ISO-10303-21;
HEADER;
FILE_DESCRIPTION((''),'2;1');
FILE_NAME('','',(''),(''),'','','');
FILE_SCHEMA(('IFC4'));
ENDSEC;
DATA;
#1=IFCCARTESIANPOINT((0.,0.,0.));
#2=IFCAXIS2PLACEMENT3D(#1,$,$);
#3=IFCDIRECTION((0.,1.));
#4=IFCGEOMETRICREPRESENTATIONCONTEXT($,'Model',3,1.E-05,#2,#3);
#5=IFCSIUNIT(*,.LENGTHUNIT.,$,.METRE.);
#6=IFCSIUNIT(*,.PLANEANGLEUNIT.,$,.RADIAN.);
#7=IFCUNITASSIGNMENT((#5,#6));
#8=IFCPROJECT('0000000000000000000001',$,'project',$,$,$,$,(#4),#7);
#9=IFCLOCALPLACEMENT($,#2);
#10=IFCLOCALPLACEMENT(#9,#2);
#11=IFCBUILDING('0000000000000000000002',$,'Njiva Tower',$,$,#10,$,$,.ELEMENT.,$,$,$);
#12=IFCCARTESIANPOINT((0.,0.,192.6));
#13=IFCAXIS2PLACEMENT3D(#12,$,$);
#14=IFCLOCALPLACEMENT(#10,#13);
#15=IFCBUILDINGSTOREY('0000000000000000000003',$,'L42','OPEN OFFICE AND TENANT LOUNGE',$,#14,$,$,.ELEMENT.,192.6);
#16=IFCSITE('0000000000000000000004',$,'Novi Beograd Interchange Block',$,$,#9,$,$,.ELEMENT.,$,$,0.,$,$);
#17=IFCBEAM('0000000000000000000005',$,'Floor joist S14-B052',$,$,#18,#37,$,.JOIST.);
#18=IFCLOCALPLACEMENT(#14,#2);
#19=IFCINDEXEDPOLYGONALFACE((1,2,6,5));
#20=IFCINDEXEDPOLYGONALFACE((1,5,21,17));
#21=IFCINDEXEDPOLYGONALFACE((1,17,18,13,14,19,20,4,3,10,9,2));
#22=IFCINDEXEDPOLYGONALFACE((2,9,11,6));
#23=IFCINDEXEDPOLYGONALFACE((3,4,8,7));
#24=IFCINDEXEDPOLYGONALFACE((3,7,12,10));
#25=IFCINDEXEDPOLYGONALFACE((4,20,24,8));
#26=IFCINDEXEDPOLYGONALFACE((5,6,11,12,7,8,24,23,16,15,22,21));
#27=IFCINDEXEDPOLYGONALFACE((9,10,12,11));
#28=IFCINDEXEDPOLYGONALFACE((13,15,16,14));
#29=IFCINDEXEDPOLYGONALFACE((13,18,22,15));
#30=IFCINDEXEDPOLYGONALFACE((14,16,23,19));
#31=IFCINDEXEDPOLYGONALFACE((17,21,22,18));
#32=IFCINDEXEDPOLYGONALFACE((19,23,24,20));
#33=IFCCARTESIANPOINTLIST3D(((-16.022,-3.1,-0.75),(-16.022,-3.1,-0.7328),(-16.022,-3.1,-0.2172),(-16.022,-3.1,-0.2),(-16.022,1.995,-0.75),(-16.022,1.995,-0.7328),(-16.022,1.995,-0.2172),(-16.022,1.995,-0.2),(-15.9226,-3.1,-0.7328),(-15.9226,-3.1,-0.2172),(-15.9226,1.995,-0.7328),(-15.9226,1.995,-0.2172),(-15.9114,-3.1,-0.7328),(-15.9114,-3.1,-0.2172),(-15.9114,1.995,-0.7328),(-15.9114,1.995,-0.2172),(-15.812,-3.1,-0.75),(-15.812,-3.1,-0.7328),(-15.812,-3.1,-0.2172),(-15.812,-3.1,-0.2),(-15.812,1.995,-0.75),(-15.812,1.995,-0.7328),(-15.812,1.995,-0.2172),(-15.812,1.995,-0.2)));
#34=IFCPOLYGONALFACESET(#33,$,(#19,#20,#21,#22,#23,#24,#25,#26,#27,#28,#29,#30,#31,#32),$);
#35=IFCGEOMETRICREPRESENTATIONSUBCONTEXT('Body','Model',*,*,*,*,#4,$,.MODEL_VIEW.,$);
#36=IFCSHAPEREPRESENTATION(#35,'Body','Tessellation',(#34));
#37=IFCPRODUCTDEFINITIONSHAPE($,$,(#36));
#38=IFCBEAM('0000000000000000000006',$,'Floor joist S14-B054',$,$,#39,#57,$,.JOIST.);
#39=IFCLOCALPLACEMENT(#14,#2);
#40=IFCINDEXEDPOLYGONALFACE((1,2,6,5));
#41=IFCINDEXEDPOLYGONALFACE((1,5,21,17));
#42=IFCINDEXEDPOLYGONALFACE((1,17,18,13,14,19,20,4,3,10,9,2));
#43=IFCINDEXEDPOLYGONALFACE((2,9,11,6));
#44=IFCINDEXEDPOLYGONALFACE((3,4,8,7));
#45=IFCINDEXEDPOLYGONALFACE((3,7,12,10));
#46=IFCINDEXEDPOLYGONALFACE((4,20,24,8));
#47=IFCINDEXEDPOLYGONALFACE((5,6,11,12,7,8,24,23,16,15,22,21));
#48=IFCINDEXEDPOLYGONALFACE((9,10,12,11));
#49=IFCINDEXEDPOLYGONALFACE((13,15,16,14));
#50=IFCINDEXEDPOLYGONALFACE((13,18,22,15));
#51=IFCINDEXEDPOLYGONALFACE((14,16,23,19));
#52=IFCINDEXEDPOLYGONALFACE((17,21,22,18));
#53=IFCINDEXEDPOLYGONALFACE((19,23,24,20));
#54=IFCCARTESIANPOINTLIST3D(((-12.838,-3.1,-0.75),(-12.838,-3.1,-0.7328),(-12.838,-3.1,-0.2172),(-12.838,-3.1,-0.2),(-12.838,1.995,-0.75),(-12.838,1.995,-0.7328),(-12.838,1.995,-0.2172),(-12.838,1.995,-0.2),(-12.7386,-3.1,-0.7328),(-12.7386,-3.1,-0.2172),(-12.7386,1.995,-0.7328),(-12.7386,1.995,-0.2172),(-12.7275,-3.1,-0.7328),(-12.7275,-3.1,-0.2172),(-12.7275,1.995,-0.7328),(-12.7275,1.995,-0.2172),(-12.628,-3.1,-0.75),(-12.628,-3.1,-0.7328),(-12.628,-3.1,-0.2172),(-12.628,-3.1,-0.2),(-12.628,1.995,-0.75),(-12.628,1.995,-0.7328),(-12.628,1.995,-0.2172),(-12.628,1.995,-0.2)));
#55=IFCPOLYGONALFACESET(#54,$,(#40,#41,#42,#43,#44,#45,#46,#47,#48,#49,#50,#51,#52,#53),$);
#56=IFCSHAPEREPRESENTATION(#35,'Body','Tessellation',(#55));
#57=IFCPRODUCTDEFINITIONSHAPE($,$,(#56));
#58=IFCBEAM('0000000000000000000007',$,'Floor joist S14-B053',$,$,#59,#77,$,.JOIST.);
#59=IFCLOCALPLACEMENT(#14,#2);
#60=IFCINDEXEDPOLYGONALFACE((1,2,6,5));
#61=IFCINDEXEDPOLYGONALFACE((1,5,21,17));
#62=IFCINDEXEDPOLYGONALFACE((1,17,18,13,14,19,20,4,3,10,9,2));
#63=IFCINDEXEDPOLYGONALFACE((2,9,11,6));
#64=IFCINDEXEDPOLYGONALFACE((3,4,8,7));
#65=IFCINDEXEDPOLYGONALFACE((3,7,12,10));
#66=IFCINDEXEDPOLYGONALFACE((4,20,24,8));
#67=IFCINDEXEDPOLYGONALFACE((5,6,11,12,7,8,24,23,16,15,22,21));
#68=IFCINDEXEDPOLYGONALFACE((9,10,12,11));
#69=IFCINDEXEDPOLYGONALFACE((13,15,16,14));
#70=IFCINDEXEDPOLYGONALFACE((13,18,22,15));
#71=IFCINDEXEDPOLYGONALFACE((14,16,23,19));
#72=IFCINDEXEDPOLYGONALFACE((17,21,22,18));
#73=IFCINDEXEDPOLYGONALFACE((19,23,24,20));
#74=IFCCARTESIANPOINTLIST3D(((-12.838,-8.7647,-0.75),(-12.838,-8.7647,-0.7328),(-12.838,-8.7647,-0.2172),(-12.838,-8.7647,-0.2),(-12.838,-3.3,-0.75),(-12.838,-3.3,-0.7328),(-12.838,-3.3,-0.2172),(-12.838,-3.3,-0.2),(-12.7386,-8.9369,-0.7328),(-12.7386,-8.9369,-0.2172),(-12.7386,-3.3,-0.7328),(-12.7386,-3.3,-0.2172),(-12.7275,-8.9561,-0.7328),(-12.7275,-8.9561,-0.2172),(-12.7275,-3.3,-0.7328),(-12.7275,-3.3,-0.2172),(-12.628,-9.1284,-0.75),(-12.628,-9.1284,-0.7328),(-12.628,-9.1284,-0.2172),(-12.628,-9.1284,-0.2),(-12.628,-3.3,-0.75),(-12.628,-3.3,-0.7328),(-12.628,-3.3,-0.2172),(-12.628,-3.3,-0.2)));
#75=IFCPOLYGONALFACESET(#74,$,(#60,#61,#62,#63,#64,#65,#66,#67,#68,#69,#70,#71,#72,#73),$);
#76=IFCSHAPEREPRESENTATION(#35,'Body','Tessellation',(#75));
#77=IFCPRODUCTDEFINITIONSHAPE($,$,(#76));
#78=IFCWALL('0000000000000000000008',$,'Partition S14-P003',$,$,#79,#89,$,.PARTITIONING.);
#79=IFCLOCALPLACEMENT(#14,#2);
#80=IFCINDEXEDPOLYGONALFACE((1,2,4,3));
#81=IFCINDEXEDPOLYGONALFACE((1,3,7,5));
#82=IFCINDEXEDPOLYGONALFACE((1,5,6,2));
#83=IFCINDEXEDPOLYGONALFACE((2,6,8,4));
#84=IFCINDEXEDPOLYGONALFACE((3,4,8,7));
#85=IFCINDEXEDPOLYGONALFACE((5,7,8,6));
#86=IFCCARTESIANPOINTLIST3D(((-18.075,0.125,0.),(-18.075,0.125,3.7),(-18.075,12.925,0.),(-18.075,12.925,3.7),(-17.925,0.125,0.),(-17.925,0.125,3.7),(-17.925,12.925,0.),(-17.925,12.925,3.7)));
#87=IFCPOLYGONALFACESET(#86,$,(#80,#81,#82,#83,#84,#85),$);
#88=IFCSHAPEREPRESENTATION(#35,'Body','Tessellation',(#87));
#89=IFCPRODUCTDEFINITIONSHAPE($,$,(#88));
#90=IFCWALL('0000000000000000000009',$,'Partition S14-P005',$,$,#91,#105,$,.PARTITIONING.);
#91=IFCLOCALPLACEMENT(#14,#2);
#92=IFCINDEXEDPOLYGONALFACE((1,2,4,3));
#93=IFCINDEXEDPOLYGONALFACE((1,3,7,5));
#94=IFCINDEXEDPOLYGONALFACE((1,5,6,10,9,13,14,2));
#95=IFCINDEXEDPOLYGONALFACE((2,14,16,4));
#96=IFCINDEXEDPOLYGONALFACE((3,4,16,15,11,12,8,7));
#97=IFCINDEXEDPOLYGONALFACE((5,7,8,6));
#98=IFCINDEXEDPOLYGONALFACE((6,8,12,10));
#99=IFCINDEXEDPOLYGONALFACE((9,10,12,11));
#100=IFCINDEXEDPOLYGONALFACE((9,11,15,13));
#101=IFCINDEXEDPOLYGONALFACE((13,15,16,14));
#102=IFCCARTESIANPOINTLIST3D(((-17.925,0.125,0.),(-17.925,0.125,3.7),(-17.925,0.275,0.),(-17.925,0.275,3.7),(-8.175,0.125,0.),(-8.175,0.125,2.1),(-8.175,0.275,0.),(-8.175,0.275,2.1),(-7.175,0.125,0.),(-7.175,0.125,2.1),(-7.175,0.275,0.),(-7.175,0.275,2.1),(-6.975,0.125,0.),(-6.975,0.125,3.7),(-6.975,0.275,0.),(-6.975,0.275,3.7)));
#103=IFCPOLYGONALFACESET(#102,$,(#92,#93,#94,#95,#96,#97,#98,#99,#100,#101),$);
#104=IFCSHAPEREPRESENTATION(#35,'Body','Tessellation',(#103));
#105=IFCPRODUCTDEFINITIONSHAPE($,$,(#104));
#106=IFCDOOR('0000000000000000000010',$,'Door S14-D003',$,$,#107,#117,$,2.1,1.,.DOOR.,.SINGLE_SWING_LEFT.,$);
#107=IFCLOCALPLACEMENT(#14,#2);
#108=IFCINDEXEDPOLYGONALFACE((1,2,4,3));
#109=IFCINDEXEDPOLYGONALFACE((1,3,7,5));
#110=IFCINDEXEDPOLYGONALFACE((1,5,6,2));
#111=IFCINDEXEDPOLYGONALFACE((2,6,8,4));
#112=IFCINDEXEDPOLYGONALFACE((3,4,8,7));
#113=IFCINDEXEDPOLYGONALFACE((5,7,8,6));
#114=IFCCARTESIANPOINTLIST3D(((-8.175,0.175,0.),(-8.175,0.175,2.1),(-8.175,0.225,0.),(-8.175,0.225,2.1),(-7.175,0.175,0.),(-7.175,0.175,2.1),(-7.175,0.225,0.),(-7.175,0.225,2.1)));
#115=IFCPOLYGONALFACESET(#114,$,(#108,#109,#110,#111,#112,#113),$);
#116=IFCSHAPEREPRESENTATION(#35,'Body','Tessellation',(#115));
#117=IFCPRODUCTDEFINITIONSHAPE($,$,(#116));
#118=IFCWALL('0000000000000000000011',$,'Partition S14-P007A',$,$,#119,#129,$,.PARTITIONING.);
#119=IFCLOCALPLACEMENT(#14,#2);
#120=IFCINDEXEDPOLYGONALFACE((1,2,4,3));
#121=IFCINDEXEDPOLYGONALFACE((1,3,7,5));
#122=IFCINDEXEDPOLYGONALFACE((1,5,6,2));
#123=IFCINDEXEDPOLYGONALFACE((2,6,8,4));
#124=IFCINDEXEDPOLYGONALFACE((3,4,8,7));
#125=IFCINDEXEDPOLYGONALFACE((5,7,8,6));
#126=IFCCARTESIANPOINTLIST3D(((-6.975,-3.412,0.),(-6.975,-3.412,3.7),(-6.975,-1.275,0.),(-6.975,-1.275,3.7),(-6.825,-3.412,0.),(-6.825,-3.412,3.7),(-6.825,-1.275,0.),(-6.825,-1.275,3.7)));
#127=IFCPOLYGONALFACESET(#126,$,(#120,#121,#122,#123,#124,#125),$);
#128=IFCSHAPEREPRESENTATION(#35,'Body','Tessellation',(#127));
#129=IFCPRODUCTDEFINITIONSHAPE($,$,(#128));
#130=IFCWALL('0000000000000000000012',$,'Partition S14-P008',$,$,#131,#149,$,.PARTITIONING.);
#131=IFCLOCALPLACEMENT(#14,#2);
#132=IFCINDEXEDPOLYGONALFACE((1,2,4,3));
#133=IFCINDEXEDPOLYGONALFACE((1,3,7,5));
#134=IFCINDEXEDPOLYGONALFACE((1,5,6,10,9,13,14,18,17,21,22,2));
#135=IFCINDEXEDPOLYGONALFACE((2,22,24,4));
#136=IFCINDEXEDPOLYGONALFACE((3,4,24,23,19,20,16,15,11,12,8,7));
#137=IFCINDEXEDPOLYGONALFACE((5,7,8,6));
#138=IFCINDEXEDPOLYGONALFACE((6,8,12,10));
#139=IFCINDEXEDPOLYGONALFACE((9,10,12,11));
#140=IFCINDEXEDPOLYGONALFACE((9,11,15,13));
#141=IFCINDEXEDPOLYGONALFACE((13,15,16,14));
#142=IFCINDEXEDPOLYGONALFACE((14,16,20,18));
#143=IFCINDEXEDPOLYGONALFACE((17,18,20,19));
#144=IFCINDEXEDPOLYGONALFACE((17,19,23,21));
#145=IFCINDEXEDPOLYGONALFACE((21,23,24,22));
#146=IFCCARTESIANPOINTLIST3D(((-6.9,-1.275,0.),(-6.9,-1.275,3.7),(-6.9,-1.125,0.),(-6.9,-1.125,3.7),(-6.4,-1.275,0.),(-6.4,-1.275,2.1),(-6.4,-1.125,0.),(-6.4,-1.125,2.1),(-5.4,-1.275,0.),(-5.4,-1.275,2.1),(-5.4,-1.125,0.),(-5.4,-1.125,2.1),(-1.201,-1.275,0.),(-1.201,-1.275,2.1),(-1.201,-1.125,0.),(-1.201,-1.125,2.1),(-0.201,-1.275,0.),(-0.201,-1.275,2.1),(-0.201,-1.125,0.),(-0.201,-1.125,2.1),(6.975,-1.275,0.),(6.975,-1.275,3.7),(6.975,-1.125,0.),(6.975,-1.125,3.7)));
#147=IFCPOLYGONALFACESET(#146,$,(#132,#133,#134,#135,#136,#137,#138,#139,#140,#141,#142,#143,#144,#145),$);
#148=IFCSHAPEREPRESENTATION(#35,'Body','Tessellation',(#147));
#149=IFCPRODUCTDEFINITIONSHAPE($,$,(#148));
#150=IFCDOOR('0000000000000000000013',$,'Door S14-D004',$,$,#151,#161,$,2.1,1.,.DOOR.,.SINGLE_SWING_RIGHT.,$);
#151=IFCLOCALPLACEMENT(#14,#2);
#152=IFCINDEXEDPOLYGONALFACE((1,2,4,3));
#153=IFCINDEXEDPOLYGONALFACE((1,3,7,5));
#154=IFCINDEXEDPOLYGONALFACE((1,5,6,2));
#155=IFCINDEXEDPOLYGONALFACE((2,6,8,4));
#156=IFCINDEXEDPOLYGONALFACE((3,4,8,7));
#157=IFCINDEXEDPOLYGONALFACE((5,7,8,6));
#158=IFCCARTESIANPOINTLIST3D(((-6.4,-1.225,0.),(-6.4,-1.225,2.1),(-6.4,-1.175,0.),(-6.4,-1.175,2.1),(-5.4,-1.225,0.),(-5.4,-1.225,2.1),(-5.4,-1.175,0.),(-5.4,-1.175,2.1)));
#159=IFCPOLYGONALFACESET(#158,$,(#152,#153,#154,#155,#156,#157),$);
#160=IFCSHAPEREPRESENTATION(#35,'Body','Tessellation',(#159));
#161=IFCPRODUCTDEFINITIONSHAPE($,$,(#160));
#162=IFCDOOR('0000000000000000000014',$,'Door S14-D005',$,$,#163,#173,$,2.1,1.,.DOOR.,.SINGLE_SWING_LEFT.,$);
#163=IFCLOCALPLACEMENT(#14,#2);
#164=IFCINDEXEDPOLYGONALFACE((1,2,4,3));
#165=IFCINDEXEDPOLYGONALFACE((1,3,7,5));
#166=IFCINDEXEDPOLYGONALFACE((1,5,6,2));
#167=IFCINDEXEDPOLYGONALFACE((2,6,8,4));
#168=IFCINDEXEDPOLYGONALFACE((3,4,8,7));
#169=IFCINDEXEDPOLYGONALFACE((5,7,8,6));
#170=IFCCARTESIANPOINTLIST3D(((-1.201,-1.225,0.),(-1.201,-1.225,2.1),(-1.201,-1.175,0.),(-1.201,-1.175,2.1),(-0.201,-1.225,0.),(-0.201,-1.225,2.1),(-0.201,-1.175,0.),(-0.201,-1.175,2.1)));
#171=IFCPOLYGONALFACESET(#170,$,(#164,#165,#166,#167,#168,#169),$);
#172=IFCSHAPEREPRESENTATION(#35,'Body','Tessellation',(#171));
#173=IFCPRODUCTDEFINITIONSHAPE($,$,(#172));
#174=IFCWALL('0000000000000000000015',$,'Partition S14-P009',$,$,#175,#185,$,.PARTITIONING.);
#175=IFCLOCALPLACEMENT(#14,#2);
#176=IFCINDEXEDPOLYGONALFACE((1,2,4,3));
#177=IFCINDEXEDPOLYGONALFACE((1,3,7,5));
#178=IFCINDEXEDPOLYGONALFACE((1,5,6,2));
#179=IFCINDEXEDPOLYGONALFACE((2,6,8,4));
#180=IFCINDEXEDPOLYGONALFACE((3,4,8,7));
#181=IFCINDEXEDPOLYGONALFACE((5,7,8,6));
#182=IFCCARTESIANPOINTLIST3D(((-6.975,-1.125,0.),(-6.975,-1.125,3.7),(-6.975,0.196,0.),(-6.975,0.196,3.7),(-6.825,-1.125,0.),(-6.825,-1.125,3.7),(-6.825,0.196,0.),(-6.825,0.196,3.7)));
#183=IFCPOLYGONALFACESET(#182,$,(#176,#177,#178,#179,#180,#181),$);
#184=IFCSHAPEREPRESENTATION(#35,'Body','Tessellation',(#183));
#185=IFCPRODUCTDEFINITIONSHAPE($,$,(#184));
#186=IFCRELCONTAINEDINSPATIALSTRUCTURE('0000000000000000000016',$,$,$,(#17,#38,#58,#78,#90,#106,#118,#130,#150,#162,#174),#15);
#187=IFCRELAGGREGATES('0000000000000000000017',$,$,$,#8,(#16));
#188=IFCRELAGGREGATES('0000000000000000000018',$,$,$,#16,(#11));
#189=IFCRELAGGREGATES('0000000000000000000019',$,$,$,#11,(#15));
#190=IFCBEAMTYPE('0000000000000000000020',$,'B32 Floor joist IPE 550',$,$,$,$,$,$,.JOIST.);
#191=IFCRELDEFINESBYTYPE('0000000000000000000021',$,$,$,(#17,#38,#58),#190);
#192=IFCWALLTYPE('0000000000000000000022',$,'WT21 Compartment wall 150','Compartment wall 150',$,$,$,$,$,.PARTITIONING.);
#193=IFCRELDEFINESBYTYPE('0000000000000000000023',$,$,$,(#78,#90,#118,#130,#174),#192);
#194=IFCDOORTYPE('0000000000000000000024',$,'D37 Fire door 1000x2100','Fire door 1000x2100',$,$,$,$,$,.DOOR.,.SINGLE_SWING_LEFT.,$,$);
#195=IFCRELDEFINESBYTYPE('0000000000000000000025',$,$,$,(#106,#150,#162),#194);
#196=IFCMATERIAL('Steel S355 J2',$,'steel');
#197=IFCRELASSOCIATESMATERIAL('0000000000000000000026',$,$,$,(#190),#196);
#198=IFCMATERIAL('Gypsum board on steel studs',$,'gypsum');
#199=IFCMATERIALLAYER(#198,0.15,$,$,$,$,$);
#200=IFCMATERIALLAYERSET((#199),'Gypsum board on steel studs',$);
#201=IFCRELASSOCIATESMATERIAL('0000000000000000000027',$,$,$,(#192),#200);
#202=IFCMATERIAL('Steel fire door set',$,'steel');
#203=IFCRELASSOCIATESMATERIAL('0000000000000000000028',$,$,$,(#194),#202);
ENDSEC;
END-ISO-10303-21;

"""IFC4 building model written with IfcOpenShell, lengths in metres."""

from ifc_helpers import new_model, si_unit, direction, frame, frame_2d, origin, origin_2d, place, context, subcontext, project, spatial, rectangle, i_section, extrude, clip, halfspace, material, layer, layer_set, material_profile, profile_set, type_object, element, fill, save


model = new_model("IFC4")

# Units and contexts
model_context = context("Model", 3, precision=1e-05, world=origin(), true_north=direction((0.0, 1.0)))
body_context = subcontext(model_context, "Body", "Model", "MODEL_VIEW")
ifc_project = project(units=[si_unit("LENGTHUNIT", "METRE"), si_unit("PLANEANGLEUNIT", "RADIAN")], contexts=[model_context])

# Site, building, storey
site_placement = place(None, origin())
site = spatial("IfcSite", under=ifc_project, at=site_placement, Name="Novi Beograd Interchange Block", CompositionType="ELEMENT", RefElevation=0.0)
building_placement = place(site_placement, origin())
building = spatial("IfcBuilding", under=site, at=building_placement, Name="Njiva Tower", CompositionType="ELEMENT")
storey_placement = place(building_placement, frame((0.0, 0.0, 192.6)))
storey = spatial("IfcBuildingStorey", under=building, at=storey_placement, Name="L42", Description="OPEN OFFICE AND TENANT LOUNGE", CompositionType="ELEMENT", Elevation=192.6)

# Shared definitions
ifc_material_1 = material(Name="Steel S355 J2", Category="steel")

# Beams
ifc_material_profile_1 = material_profile(ifc_material_1, i_section(OverallWidth=0.21, OverallDepth=0.55, WebThickness=0.0111, FlangeThickness=0.0172, at=origin_2d()), Name="IPE 550")
ifc_profile_set_1 = profile_set([ifc_material_profile_1], Name="Steel S355 J2")
beam_type_1 = type_object("IfcBeamType", Name="B32 Floor joist IPE 550", PredefinedType="JOIST", material=ifc_profile_set_1)
for number, where, z_axis, x_axis, name in (
    (1, (-15.917, 1.995, -0.475), (0.0, -1.0, 0.0), (1.0, 0.0, 0.0), "Floor joist S14-B052"),
    (2, (-12.733, 1.995, -0.475), (0.0, -1.0, 0.0), (1.0, 0.0, 0.0), "Floor joist S14-B054"),
):
    element("IfcBeam", number, at=place(storey_placement, frame(where, z_axis=z_axis, x_axis=x_axis)), inside=storey, type_object=beam_type_1, Name=name, PredefinedType="JOIST", context=body_context, shape_type="SweptSolid", body=[
        extrude(i_section(OverallWidth=0.21, OverallDepth=0.55, WebThickness=0.0111, FlangeThickness=0.0172, at=origin_2d()), origin(), (0.0, 0.0, 1.0), 5.095),
    ])
beam_1_placement = place(storey_placement, frame((-12.733, -3.3, -0.475), z_axis=(0.0, -1.0, 0.0), x_axis=(1.0, 0.0, 0.0)))
element("IfcBeam", 3, at=beam_1_placement, inside=storey, type_object=beam_type_1, Name="Floor joist S14-B053", PredefinedType="JOIST", context=body_context, shape_type="Clipping", body=[
    clip(extrude(i_section(OverallWidth=0.21, OverallDepth=0.55, WebThickness=0.0111, FlangeThickness=0.0172, at=origin_2d()), origin(), (0.0, 0.0, 1.0), 5.848), halfspace(frame((-0.0436, 0.0, 5.571), z_axis=(-0.866027, 0.0, 0.499998), x_axis=(0.0, 1.0, 0.0)), False)),
])

# Wall
ifc_material_2 = material(Name="Gypsum board on steel studs", Category="gypsum")
ifc_layer_1 = layer(ifc_material_2, 0.15)
ifc_layer_set_1 = layer_set([ifc_layer_1], Name="Gypsum board on steel studs")
wall_type_1 = type_object("IfcWallType", Name="WT21 Compartment wall 150", Description="Compartment wall 150", PredefinedType="PARTITIONING", material=ifc_layer_set_1)
wall_1_placement = place(storey_placement, frame((-18.0, 0.125, 0.0), z_axis=(0.0, 0.0, 1.0), x_axis=(0.0, 1.0, 0.0)))
element("IfcWall", 4, at=wall_1_placement, inside=storey, type_object=wall_type_1, Name="Partition S14-P003", PredefinedType="PARTITIONING", context=body_context, shape_type="SweptSolid", body=[
    extrude(rectangle(XDim=12.8, YDim=0.15, at=frame_2d((6.4, 0.0))), origin(), (0.0, 0.0, 1.0), 3.7),
])

# Wall, opening, door
wall_2_placement = place(storey_placement, frame((-17.925, 0.2, 0.0), z_axis=(0.0, 0.0, 1.0), x_axis=(1.0, 0.0, 0.0)))
wall_2 = element("IfcWall", 5, at=wall_2_placement, inside=storey, type_object=wall_type_1, Name="Partition S14-P005", PredefinedType="PARTITIONING", context=body_context, shape_type="SweptSolid", body=[
    extrude(rectangle(XDim=10.95, YDim=0.15, at=frame_2d((5.475, 0.0))), origin(), (0.0, 0.0, 1.0), 3.7),
])
opening_1_placement = place(wall_2_placement, frame((9.75, 0.0, 0.0)))
opening_1 = element("IfcOpeningElement", 6, at=opening_1_placement, cuts=wall_2, PredefinedType="OPENING", context=body_context, shape_type="SweptSolid", body=[
    extrude(rectangle(XDim=1.0, YDim=2.1, at=frame_2d((0.5, 1.05))), frame((0.0, 0.085, 0.0), z_axis=(0.0, -1.0, 0.0), x_axis=(1.0, 0.0, 0.0)), (0.0, 0.0, 1.0), 0.17),
])
ifc_material_3 = material(Name="Steel fire door set", Category="steel")
door_type = type_object("IfcDoorType", Name="D37 Fire door 1000x2100", Description="Fire door 1000x2100", OperationType="SINGLE_SWING_LEFT", PredefinedType="DOOR", material=ifc_material_3)
door_1_placement = place(opening_1_placement, origin())
door_1 = element("IfcDoor", 7, at=door_1_placement, inside=storey, type_object=door_type, Name="Door S14-D003", OperationType="SINGLE_SWING_LEFT", OverallHeight=2.1, OverallWidth=1.0, PredefinedType="DOOR", context=body_context, shape_type="SweptSolid", body=[
    extrude(rectangle(XDim=1.0, YDim=2.1, at=frame_2d((0.5, 1.05))), frame((0.0, 0.025, 0.0), z_axis=(0.0, -1.0, 0.0), x_axis=(1.0, 0.0, 0.0)), (0.0, 0.0, 1.0), 0.05),
])
fill(opening_1, door_1)

# Wall
wall_3_placement = place(storey_placement, frame((-6.9, -3.412, 0.0), z_axis=(0.0, 0.0, 1.0), x_axis=(0.0, 1.0, 0.0)))
element("IfcWall", 8, at=wall_3_placement, inside=storey, type_object=wall_type_1, Name="Partition S14-P007A", PredefinedType="PARTITIONING", context=body_context, shape_type="SweptSolid", body=[
    extrude(rectangle(XDim=2.137, YDim=0.15, at=frame_2d((1.0685, 0.0))), origin(), (0.0, 0.0, 1.0), 3.7),
])

# Wall, openings, doors
wall_4_placement = place(storey_placement, frame((-6.9, -1.2, 0.0), z_axis=(0.0, 0.0, 1.0), x_axis=(1.0, 0.0, 0.0)))
wall_4 = element("IfcWall", 9, at=wall_4_placement, inside=storey, type_object=wall_type_1, Name="Partition S14-P008", PredefinedType="PARTITIONING", context=body_context, shape_type="SweptSolid", body=[
    extrude(rectangle(XDim=13.875, YDim=0.15, at=frame_2d((6.9375, 0.0))), origin(), (0.0, 0.0, 1.0), 3.7),
])
opening_2_placement = place(wall_4_placement, frame((0.5, 0.0, 0.0)))
opening_2 = element("IfcOpeningElement", 10, at=opening_2_placement, cuts=wall_4, PredefinedType="OPENING", context=body_context, shape_type="SweptSolid", body=[
    extrude(rectangle(XDim=1.0, YDim=2.1, at=frame_2d((0.5, 1.05))), frame((0.0, 0.085, 0.0), z_axis=(0.0, -1.0, 0.0), x_axis=(1.0, 0.0, 0.0)), (0.0, 0.0, 1.0), 0.17),
])
opening_3_placement = place(wall_4_placement, frame((5.699, 0.0, 0.0)))
opening_3 = element("IfcOpeningElement", 11, at=opening_3_placement, cuts=wall_4, PredefinedType="OPENING", context=body_context, shape_type="SweptSolid", body=[
    extrude(rectangle(XDim=1.0, YDim=2.1, at=frame_2d((0.5, 1.05))), frame((0.0, 0.085, 0.0), z_axis=(0.0, -1.0, 0.0), x_axis=(1.0, 0.0, 0.0)), (0.0, 0.0, 1.0), 0.17),
])
door_2_placement = place(opening_2_placement, origin())
door_2 = element("IfcDoor", 12, at=door_2_placement, inside=storey, type_object=door_type, Name="Door S14-D004", OperationType="SINGLE_SWING_RIGHT", OverallHeight=2.1, OverallWidth=1.0, PredefinedType="DOOR", context=body_context, shape_type="SweptSolid", body=[
    extrude(rectangle(XDim=1.0, YDim=2.1, at=frame_2d((0.5, 1.05))), frame((0.0, 0.025, 0.0), z_axis=(0.0, -1.0, 0.0), x_axis=(1.0, 0.0, 0.0)), (0.0, 0.0, 1.0), 0.05),
])
fill(opening_2, door_2)
door_3_placement = place(opening_3_placement, origin())
door_3 = element("IfcDoor", 13, at=door_3_placement, inside=storey, type_object=door_type, Name="Door S14-D005", OperationType="SINGLE_SWING_LEFT", OverallHeight=2.1, OverallWidth=1.0, PredefinedType="DOOR", context=body_context, shape_type="SweptSolid", body=[
    extrude(rectangle(XDim=1.0, YDim=2.1, at=frame_2d((0.5, 1.05))), frame((0.0, 0.025, 0.0), z_axis=(0.0, -1.0, 0.0), x_axis=(1.0, 0.0, 0.0)), (0.0, 0.0, 1.0), 0.05),
])
fill(opening_3, door_3)

# Wall
wall_5_placement = place(storey_placement, frame((-6.9, -1.125, 0.0), z_axis=(0.0, 0.0, 1.0), x_axis=(0.0, 1.0, 0.0)))
element("IfcWall", 14, at=wall_5_placement, inside=storey, type_object=wall_type_1, Name="Partition S14-P009", PredefinedType="PARTITIONING", context=body_context, shape_type="SweptSolid", body=[
    extrude(rectangle(XDim=1.321, YDim=0.15, at=frame_2d((0.6605, 0.0))), origin(), (0.0, 0.0, 1.0), 3.7),
])

save(model, "model.ifc")
